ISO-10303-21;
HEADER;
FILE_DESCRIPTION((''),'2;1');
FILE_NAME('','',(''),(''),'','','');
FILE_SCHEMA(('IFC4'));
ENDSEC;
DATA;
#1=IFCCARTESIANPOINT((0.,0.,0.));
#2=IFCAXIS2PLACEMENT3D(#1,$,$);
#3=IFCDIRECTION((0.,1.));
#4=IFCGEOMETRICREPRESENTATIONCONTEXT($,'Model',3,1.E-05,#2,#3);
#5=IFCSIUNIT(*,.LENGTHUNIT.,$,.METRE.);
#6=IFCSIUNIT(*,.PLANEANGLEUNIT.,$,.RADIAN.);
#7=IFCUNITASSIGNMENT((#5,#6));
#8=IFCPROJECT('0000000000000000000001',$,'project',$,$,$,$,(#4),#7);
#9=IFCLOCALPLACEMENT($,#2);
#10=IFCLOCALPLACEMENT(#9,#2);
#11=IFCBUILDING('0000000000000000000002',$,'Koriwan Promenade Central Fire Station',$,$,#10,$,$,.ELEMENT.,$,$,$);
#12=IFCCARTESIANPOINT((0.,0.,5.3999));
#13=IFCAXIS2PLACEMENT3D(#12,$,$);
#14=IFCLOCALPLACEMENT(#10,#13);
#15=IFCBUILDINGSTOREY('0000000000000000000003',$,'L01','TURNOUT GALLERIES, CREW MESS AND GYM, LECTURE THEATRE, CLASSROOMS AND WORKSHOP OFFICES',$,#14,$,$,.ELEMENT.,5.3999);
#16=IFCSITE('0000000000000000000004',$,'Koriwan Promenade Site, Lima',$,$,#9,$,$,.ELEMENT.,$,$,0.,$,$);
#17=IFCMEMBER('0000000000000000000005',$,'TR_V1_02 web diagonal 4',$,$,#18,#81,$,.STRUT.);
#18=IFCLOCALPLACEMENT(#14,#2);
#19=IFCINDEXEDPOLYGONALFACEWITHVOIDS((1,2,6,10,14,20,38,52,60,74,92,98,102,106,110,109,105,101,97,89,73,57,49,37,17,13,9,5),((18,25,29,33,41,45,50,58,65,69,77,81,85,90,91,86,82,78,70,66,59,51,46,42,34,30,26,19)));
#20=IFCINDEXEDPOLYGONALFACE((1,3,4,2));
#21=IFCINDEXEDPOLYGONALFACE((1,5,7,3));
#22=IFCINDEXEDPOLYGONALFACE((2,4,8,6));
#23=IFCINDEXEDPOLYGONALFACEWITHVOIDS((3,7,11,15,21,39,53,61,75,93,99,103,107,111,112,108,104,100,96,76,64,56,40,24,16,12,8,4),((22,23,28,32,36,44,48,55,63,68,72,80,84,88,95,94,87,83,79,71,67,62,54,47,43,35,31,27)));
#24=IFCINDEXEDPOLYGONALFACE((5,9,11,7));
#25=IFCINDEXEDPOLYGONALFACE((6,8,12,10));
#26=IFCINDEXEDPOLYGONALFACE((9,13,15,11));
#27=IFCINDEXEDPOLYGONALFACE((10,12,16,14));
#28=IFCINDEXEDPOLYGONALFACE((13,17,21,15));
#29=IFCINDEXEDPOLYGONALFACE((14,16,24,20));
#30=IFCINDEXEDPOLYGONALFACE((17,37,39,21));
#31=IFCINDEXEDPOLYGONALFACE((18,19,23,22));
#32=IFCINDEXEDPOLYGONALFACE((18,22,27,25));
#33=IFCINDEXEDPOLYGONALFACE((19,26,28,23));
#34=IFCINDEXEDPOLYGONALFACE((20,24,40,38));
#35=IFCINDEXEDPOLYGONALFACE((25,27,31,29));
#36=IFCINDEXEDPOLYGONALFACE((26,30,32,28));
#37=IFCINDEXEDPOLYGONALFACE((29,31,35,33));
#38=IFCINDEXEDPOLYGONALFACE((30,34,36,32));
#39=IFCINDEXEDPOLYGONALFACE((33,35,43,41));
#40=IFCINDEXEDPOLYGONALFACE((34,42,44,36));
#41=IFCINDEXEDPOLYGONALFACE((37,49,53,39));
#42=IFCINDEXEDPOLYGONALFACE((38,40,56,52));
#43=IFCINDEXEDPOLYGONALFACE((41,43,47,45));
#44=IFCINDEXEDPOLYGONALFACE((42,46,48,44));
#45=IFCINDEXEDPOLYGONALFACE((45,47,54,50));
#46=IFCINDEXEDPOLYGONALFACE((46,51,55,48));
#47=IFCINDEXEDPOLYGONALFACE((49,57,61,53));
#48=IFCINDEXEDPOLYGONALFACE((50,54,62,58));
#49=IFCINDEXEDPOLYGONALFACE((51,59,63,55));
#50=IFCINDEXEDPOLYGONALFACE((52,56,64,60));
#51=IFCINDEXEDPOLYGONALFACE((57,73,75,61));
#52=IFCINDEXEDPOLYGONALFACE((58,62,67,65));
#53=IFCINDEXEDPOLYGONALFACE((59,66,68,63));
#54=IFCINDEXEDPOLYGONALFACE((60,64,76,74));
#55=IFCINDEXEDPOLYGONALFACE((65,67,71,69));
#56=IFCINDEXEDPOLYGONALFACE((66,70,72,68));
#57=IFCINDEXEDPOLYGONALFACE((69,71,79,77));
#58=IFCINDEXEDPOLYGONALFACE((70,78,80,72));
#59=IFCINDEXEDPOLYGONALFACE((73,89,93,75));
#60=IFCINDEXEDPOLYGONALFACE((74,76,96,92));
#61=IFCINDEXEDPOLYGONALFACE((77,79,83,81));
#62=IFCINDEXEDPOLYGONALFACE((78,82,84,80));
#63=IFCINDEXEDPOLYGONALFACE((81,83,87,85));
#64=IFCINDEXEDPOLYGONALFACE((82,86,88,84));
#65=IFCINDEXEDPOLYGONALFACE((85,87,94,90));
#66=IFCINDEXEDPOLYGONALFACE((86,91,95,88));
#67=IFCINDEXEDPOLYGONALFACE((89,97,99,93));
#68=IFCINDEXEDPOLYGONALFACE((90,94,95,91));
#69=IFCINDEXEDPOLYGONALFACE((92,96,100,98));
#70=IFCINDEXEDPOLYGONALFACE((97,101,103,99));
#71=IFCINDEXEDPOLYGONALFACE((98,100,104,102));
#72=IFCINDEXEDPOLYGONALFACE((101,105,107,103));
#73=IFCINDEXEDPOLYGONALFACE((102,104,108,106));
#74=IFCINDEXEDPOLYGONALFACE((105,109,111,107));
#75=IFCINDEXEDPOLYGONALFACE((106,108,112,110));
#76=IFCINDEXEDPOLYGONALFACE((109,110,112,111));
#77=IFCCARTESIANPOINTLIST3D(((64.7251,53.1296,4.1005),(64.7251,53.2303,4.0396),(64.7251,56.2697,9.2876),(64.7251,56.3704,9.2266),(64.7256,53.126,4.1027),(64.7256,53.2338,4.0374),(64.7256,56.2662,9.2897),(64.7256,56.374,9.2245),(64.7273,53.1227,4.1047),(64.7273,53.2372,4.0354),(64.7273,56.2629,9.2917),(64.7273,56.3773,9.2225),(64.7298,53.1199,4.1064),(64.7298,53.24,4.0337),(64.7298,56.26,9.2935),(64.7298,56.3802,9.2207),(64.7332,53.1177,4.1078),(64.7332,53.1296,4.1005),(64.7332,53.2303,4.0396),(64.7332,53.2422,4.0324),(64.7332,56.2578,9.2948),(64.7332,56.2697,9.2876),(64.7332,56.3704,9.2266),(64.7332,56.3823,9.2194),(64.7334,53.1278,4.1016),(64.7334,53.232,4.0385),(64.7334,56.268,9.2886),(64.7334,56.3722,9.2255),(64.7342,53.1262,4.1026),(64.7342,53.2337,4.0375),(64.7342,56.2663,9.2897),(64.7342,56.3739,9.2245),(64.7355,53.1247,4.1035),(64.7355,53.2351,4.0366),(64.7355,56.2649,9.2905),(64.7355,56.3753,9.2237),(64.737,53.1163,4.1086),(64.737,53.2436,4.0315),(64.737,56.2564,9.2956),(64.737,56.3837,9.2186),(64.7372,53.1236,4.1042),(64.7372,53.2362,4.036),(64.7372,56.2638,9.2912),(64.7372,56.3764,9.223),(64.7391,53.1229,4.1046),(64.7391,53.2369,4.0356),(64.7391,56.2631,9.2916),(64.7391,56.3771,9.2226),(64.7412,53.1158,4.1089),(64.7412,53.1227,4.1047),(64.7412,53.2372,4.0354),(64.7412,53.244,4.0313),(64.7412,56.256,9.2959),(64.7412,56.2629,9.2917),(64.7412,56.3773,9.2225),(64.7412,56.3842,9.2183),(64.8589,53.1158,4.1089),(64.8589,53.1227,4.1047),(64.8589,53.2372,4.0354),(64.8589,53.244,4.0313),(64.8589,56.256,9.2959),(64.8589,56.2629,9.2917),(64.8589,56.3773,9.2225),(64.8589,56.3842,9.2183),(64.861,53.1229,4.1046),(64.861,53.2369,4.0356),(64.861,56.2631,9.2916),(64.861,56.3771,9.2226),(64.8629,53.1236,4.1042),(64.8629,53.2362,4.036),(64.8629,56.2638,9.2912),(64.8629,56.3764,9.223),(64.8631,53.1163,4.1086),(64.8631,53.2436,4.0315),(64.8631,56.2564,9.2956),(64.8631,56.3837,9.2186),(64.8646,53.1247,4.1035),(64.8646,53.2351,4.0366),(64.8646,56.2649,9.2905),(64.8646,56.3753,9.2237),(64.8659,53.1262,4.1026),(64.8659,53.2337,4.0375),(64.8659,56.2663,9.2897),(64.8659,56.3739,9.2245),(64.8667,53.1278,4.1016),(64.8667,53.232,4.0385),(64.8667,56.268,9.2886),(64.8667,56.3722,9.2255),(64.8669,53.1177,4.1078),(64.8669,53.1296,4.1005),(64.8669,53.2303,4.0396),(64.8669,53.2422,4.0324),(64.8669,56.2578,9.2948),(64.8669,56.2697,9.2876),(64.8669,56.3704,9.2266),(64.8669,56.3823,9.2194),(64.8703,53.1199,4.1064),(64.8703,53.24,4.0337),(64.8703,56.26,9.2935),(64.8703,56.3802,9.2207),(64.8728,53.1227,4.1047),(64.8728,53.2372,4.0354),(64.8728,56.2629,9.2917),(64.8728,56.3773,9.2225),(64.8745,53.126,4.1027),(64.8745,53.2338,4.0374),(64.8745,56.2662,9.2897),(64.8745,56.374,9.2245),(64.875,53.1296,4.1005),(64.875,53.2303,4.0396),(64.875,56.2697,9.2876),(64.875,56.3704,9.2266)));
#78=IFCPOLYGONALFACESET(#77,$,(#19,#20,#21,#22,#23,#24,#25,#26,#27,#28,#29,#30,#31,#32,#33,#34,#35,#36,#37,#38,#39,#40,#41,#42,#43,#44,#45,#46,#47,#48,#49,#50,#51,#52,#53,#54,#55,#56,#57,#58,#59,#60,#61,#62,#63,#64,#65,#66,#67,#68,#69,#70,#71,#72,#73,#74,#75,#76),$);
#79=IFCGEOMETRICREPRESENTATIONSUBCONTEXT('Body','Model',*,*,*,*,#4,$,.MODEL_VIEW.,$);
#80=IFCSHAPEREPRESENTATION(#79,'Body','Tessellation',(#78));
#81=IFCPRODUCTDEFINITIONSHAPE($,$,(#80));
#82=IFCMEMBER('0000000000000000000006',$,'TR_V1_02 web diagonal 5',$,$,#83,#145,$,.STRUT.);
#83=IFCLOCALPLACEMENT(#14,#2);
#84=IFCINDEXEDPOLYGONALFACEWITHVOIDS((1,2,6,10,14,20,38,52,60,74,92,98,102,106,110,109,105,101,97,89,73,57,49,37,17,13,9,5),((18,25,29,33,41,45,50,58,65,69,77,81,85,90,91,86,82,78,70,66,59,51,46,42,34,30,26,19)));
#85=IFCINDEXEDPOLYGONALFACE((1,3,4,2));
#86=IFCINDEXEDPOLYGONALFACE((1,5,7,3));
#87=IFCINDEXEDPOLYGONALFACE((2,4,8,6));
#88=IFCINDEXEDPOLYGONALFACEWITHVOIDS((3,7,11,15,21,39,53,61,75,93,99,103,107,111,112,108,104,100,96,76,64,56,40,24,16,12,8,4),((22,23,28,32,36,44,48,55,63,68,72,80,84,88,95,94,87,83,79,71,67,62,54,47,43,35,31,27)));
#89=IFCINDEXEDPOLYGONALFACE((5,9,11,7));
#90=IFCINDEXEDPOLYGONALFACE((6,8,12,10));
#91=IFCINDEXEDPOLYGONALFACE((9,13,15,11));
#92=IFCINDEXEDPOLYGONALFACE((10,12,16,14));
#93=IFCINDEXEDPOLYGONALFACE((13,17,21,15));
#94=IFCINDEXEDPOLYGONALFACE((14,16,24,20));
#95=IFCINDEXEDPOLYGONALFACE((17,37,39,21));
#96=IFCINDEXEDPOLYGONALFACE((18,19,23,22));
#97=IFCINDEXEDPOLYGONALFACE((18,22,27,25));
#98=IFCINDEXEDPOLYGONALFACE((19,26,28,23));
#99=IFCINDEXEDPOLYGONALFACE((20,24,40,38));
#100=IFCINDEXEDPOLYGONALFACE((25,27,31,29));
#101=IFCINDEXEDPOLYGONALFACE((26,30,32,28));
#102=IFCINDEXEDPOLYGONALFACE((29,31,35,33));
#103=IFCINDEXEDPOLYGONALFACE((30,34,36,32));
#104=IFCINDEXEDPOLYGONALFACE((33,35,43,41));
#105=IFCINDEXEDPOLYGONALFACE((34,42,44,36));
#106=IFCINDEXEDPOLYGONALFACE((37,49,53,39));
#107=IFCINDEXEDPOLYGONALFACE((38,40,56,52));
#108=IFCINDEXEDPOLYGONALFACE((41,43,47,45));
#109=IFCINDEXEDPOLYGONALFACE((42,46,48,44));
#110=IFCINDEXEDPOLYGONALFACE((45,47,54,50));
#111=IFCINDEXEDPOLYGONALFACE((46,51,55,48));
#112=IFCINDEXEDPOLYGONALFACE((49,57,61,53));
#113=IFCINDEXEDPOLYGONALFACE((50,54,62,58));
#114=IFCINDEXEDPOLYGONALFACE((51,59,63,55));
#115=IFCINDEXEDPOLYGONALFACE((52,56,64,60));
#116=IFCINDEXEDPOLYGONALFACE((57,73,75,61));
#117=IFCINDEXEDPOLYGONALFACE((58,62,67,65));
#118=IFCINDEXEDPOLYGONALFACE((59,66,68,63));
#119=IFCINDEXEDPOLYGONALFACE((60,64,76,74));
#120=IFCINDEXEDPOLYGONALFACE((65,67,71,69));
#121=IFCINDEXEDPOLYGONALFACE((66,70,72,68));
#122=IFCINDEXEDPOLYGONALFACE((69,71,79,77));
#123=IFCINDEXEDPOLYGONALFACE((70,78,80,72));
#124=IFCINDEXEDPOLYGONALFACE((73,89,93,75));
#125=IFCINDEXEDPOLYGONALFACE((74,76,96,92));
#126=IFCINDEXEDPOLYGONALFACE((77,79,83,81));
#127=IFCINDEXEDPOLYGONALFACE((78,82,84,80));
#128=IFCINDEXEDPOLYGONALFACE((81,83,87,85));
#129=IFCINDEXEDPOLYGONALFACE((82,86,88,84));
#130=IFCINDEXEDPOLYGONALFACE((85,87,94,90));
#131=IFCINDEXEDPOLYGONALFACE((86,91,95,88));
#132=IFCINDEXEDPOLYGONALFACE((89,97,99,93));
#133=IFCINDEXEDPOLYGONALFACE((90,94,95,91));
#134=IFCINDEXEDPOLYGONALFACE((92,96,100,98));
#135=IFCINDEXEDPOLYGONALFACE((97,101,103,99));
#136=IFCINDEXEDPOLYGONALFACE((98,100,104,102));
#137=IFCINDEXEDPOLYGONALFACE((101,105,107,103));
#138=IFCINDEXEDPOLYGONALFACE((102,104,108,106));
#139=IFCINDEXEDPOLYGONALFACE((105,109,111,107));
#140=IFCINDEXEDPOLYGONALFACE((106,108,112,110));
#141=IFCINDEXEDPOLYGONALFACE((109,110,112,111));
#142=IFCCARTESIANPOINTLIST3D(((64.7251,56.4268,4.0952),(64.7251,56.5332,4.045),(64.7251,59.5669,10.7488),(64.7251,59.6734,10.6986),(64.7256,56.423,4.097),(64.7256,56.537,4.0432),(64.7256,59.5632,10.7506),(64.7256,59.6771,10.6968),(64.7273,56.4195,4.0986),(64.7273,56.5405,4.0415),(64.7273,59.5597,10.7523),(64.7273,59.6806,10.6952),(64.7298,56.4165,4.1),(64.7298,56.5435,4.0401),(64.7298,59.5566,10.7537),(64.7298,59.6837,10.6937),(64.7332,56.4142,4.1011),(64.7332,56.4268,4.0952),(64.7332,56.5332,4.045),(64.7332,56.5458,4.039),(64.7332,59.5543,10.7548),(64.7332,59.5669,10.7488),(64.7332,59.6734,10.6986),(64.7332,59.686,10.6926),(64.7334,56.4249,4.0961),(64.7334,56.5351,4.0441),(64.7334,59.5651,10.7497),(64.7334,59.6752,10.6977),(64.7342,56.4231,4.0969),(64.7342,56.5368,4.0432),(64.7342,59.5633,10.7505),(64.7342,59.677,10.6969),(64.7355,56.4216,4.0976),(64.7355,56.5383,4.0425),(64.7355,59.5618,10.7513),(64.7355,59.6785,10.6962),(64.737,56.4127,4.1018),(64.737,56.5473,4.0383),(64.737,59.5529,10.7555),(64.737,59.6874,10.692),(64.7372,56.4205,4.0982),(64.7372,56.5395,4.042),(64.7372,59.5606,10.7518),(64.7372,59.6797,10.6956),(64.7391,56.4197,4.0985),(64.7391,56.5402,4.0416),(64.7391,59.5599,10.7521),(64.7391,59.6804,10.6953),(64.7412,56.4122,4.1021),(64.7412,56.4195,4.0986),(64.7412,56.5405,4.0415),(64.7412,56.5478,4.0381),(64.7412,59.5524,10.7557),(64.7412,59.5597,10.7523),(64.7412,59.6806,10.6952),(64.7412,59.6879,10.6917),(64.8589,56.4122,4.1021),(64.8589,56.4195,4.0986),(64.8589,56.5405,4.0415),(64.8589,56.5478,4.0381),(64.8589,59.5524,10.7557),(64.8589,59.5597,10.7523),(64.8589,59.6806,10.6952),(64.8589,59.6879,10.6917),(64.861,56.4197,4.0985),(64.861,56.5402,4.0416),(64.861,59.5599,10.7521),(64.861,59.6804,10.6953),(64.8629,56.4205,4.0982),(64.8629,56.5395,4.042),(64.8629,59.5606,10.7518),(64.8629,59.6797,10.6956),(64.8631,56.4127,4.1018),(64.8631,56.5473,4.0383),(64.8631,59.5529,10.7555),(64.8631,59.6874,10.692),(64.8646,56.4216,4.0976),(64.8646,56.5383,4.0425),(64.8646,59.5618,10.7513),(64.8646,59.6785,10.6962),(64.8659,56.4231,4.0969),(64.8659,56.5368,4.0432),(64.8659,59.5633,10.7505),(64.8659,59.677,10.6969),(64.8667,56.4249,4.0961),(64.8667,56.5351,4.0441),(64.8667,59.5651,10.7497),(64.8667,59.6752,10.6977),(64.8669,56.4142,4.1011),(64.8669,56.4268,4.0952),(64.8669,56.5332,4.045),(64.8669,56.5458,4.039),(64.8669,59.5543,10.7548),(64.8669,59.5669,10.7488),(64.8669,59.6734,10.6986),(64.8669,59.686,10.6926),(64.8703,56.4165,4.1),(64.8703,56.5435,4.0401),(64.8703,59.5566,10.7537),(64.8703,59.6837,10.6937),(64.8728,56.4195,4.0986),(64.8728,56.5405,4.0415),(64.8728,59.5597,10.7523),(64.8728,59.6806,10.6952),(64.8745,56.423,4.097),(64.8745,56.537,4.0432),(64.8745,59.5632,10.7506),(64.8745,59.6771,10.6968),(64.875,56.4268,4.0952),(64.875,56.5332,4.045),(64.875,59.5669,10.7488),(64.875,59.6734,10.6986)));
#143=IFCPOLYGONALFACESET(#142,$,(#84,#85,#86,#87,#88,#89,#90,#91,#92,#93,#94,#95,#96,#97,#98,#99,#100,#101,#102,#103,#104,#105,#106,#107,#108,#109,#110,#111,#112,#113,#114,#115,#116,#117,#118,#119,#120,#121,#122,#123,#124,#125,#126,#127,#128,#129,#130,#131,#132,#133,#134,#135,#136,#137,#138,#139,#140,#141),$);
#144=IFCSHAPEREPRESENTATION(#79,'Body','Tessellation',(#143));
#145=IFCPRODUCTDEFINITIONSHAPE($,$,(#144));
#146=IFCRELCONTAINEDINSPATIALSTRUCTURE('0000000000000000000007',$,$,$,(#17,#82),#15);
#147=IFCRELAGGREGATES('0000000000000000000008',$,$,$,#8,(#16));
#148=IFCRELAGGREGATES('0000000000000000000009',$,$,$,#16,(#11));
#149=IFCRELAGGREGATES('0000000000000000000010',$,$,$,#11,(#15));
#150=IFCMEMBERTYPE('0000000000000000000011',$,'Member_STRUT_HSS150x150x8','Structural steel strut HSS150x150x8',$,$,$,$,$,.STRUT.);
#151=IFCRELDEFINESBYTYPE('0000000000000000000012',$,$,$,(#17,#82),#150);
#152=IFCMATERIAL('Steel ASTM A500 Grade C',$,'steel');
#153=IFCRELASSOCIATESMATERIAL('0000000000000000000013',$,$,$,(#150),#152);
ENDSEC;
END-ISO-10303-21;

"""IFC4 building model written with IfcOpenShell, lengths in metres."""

from ifc_helpers import new_model, si_unit, direction, frame, origin, origin_2d, place, context, subcontext, project, spatial, hollow_rectangle, extrude, material, material_profile, profile_set, type_object, element, save


model = new_model("IFC4")

# Units and contexts
model_context = context("Model", 3, precision=1e-05, world=origin(), true_north=direction((0.0, 1.0)))
body_context = subcontext(model_context, "Body", "Model", "MODEL_VIEW")
ifc_project = project(units=[si_unit("LENGTHUNIT", "METRE"), si_unit("PLANEANGLEUNIT", "RADIAN")], contexts=[model_context])

# Site, building, storey
site_placement = place(None, origin())
site = spatial("IfcSite", under=ifc_project, at=site_placement, Name="Koriwan Promenade Site, Lima", CompositionType="ELEMENT", RefElevation=0.0)
building_placement = place(site_placement, origin())
building = spatial("IfcBuilding", under=site, at=building_placement, Name="Koriwan Promenade Central Fire Station", CompositionType="ELEMENT")
storey_placement = place(building_placement, frame((0.0, 0.0, 5.3999)))
storey = spatial("IfcBuildingStorey", under=building, at=storey_placement, Name="L01", Description="TURNOUT GALLERIES, CREW MESS AND GYM, LECTURE THEATRE, CLASSROOMS AND WORKSHOP OFFICES", CompositionType="ELEMENT", Elevation=5.3999)

# Members
ifc_material_1 = material(Name="Steel ASTM A500 Grade C", Category="steel")
ifc_material_profile_1 = material_profile(ifc_material_1, hollow_rectangle(XDim=0.1499, YDim=0.1499, WallThickness=0.0081, InnerFilletRadius=0.0081, OuterFilletRadius=0.0161, at=origin_2d()), Name="HSS150x150x8")
ifc_profile_set_1 = profile_set([ifc_material_profile_1], Name="Steel ASTM A500 Grade C")
member_type = type_object("IfcMemberType", Name="Member_STRUT_HSS150x150x8", Description="Structural steel strut HSS150x150x8", PredefinedType="STRUT", material=ifc_profile_set_1)
member_1_placement = place(storey_placement, frame((64.8, 53.1799, 4.0701), z_axis=(0.0, 0.517879, 0.855454), x_axis=(-1.0, 0.0, 0.0)))
element("IfcMember", 1, at=member_1_placement, inside=storey, type_object=member_type, Name="TR_V1_02 web diagonal 4", PredefinedType="STRUT", context=body_context, shape_type="SweptSolid", body=[
    extrude(hollow_rectangle(XDim=0.1499, YDim=0.1499, WallThickness=0.0081, InnerFilletRadius=0.0081, OuterFilletRadius=0.0161, at=origin_2d()), origin(), (0.0, 0.0, 1.0), 6.0635),
])
member_2_placement = place(storey_placement, frame((64.8, 56.48, 4.0701), z_axis=(0.0, 0.426804, 0.904344), x_axis=(-1.0, 0.0, 0.0)))
element("IfcMember", 2, at=member_2_placement, inside=storey, type_object=member_type, Name="TR_V1_02 web diagonal 5", PredefinedType="STRUT", context=body_context, shape_type="SweptSolid", body=[
    extrude(hollow_rectangle(XDim=0.1499, YDim=0.1499, WallThickness=0.0081, InnerFilletRadius=0.0081, OuterFilletRadius=0.0161, at=origin_2d()), origin(), (0.0, 0.0, 1.0), 7.3574),
])

save(model, "model.ifc")
